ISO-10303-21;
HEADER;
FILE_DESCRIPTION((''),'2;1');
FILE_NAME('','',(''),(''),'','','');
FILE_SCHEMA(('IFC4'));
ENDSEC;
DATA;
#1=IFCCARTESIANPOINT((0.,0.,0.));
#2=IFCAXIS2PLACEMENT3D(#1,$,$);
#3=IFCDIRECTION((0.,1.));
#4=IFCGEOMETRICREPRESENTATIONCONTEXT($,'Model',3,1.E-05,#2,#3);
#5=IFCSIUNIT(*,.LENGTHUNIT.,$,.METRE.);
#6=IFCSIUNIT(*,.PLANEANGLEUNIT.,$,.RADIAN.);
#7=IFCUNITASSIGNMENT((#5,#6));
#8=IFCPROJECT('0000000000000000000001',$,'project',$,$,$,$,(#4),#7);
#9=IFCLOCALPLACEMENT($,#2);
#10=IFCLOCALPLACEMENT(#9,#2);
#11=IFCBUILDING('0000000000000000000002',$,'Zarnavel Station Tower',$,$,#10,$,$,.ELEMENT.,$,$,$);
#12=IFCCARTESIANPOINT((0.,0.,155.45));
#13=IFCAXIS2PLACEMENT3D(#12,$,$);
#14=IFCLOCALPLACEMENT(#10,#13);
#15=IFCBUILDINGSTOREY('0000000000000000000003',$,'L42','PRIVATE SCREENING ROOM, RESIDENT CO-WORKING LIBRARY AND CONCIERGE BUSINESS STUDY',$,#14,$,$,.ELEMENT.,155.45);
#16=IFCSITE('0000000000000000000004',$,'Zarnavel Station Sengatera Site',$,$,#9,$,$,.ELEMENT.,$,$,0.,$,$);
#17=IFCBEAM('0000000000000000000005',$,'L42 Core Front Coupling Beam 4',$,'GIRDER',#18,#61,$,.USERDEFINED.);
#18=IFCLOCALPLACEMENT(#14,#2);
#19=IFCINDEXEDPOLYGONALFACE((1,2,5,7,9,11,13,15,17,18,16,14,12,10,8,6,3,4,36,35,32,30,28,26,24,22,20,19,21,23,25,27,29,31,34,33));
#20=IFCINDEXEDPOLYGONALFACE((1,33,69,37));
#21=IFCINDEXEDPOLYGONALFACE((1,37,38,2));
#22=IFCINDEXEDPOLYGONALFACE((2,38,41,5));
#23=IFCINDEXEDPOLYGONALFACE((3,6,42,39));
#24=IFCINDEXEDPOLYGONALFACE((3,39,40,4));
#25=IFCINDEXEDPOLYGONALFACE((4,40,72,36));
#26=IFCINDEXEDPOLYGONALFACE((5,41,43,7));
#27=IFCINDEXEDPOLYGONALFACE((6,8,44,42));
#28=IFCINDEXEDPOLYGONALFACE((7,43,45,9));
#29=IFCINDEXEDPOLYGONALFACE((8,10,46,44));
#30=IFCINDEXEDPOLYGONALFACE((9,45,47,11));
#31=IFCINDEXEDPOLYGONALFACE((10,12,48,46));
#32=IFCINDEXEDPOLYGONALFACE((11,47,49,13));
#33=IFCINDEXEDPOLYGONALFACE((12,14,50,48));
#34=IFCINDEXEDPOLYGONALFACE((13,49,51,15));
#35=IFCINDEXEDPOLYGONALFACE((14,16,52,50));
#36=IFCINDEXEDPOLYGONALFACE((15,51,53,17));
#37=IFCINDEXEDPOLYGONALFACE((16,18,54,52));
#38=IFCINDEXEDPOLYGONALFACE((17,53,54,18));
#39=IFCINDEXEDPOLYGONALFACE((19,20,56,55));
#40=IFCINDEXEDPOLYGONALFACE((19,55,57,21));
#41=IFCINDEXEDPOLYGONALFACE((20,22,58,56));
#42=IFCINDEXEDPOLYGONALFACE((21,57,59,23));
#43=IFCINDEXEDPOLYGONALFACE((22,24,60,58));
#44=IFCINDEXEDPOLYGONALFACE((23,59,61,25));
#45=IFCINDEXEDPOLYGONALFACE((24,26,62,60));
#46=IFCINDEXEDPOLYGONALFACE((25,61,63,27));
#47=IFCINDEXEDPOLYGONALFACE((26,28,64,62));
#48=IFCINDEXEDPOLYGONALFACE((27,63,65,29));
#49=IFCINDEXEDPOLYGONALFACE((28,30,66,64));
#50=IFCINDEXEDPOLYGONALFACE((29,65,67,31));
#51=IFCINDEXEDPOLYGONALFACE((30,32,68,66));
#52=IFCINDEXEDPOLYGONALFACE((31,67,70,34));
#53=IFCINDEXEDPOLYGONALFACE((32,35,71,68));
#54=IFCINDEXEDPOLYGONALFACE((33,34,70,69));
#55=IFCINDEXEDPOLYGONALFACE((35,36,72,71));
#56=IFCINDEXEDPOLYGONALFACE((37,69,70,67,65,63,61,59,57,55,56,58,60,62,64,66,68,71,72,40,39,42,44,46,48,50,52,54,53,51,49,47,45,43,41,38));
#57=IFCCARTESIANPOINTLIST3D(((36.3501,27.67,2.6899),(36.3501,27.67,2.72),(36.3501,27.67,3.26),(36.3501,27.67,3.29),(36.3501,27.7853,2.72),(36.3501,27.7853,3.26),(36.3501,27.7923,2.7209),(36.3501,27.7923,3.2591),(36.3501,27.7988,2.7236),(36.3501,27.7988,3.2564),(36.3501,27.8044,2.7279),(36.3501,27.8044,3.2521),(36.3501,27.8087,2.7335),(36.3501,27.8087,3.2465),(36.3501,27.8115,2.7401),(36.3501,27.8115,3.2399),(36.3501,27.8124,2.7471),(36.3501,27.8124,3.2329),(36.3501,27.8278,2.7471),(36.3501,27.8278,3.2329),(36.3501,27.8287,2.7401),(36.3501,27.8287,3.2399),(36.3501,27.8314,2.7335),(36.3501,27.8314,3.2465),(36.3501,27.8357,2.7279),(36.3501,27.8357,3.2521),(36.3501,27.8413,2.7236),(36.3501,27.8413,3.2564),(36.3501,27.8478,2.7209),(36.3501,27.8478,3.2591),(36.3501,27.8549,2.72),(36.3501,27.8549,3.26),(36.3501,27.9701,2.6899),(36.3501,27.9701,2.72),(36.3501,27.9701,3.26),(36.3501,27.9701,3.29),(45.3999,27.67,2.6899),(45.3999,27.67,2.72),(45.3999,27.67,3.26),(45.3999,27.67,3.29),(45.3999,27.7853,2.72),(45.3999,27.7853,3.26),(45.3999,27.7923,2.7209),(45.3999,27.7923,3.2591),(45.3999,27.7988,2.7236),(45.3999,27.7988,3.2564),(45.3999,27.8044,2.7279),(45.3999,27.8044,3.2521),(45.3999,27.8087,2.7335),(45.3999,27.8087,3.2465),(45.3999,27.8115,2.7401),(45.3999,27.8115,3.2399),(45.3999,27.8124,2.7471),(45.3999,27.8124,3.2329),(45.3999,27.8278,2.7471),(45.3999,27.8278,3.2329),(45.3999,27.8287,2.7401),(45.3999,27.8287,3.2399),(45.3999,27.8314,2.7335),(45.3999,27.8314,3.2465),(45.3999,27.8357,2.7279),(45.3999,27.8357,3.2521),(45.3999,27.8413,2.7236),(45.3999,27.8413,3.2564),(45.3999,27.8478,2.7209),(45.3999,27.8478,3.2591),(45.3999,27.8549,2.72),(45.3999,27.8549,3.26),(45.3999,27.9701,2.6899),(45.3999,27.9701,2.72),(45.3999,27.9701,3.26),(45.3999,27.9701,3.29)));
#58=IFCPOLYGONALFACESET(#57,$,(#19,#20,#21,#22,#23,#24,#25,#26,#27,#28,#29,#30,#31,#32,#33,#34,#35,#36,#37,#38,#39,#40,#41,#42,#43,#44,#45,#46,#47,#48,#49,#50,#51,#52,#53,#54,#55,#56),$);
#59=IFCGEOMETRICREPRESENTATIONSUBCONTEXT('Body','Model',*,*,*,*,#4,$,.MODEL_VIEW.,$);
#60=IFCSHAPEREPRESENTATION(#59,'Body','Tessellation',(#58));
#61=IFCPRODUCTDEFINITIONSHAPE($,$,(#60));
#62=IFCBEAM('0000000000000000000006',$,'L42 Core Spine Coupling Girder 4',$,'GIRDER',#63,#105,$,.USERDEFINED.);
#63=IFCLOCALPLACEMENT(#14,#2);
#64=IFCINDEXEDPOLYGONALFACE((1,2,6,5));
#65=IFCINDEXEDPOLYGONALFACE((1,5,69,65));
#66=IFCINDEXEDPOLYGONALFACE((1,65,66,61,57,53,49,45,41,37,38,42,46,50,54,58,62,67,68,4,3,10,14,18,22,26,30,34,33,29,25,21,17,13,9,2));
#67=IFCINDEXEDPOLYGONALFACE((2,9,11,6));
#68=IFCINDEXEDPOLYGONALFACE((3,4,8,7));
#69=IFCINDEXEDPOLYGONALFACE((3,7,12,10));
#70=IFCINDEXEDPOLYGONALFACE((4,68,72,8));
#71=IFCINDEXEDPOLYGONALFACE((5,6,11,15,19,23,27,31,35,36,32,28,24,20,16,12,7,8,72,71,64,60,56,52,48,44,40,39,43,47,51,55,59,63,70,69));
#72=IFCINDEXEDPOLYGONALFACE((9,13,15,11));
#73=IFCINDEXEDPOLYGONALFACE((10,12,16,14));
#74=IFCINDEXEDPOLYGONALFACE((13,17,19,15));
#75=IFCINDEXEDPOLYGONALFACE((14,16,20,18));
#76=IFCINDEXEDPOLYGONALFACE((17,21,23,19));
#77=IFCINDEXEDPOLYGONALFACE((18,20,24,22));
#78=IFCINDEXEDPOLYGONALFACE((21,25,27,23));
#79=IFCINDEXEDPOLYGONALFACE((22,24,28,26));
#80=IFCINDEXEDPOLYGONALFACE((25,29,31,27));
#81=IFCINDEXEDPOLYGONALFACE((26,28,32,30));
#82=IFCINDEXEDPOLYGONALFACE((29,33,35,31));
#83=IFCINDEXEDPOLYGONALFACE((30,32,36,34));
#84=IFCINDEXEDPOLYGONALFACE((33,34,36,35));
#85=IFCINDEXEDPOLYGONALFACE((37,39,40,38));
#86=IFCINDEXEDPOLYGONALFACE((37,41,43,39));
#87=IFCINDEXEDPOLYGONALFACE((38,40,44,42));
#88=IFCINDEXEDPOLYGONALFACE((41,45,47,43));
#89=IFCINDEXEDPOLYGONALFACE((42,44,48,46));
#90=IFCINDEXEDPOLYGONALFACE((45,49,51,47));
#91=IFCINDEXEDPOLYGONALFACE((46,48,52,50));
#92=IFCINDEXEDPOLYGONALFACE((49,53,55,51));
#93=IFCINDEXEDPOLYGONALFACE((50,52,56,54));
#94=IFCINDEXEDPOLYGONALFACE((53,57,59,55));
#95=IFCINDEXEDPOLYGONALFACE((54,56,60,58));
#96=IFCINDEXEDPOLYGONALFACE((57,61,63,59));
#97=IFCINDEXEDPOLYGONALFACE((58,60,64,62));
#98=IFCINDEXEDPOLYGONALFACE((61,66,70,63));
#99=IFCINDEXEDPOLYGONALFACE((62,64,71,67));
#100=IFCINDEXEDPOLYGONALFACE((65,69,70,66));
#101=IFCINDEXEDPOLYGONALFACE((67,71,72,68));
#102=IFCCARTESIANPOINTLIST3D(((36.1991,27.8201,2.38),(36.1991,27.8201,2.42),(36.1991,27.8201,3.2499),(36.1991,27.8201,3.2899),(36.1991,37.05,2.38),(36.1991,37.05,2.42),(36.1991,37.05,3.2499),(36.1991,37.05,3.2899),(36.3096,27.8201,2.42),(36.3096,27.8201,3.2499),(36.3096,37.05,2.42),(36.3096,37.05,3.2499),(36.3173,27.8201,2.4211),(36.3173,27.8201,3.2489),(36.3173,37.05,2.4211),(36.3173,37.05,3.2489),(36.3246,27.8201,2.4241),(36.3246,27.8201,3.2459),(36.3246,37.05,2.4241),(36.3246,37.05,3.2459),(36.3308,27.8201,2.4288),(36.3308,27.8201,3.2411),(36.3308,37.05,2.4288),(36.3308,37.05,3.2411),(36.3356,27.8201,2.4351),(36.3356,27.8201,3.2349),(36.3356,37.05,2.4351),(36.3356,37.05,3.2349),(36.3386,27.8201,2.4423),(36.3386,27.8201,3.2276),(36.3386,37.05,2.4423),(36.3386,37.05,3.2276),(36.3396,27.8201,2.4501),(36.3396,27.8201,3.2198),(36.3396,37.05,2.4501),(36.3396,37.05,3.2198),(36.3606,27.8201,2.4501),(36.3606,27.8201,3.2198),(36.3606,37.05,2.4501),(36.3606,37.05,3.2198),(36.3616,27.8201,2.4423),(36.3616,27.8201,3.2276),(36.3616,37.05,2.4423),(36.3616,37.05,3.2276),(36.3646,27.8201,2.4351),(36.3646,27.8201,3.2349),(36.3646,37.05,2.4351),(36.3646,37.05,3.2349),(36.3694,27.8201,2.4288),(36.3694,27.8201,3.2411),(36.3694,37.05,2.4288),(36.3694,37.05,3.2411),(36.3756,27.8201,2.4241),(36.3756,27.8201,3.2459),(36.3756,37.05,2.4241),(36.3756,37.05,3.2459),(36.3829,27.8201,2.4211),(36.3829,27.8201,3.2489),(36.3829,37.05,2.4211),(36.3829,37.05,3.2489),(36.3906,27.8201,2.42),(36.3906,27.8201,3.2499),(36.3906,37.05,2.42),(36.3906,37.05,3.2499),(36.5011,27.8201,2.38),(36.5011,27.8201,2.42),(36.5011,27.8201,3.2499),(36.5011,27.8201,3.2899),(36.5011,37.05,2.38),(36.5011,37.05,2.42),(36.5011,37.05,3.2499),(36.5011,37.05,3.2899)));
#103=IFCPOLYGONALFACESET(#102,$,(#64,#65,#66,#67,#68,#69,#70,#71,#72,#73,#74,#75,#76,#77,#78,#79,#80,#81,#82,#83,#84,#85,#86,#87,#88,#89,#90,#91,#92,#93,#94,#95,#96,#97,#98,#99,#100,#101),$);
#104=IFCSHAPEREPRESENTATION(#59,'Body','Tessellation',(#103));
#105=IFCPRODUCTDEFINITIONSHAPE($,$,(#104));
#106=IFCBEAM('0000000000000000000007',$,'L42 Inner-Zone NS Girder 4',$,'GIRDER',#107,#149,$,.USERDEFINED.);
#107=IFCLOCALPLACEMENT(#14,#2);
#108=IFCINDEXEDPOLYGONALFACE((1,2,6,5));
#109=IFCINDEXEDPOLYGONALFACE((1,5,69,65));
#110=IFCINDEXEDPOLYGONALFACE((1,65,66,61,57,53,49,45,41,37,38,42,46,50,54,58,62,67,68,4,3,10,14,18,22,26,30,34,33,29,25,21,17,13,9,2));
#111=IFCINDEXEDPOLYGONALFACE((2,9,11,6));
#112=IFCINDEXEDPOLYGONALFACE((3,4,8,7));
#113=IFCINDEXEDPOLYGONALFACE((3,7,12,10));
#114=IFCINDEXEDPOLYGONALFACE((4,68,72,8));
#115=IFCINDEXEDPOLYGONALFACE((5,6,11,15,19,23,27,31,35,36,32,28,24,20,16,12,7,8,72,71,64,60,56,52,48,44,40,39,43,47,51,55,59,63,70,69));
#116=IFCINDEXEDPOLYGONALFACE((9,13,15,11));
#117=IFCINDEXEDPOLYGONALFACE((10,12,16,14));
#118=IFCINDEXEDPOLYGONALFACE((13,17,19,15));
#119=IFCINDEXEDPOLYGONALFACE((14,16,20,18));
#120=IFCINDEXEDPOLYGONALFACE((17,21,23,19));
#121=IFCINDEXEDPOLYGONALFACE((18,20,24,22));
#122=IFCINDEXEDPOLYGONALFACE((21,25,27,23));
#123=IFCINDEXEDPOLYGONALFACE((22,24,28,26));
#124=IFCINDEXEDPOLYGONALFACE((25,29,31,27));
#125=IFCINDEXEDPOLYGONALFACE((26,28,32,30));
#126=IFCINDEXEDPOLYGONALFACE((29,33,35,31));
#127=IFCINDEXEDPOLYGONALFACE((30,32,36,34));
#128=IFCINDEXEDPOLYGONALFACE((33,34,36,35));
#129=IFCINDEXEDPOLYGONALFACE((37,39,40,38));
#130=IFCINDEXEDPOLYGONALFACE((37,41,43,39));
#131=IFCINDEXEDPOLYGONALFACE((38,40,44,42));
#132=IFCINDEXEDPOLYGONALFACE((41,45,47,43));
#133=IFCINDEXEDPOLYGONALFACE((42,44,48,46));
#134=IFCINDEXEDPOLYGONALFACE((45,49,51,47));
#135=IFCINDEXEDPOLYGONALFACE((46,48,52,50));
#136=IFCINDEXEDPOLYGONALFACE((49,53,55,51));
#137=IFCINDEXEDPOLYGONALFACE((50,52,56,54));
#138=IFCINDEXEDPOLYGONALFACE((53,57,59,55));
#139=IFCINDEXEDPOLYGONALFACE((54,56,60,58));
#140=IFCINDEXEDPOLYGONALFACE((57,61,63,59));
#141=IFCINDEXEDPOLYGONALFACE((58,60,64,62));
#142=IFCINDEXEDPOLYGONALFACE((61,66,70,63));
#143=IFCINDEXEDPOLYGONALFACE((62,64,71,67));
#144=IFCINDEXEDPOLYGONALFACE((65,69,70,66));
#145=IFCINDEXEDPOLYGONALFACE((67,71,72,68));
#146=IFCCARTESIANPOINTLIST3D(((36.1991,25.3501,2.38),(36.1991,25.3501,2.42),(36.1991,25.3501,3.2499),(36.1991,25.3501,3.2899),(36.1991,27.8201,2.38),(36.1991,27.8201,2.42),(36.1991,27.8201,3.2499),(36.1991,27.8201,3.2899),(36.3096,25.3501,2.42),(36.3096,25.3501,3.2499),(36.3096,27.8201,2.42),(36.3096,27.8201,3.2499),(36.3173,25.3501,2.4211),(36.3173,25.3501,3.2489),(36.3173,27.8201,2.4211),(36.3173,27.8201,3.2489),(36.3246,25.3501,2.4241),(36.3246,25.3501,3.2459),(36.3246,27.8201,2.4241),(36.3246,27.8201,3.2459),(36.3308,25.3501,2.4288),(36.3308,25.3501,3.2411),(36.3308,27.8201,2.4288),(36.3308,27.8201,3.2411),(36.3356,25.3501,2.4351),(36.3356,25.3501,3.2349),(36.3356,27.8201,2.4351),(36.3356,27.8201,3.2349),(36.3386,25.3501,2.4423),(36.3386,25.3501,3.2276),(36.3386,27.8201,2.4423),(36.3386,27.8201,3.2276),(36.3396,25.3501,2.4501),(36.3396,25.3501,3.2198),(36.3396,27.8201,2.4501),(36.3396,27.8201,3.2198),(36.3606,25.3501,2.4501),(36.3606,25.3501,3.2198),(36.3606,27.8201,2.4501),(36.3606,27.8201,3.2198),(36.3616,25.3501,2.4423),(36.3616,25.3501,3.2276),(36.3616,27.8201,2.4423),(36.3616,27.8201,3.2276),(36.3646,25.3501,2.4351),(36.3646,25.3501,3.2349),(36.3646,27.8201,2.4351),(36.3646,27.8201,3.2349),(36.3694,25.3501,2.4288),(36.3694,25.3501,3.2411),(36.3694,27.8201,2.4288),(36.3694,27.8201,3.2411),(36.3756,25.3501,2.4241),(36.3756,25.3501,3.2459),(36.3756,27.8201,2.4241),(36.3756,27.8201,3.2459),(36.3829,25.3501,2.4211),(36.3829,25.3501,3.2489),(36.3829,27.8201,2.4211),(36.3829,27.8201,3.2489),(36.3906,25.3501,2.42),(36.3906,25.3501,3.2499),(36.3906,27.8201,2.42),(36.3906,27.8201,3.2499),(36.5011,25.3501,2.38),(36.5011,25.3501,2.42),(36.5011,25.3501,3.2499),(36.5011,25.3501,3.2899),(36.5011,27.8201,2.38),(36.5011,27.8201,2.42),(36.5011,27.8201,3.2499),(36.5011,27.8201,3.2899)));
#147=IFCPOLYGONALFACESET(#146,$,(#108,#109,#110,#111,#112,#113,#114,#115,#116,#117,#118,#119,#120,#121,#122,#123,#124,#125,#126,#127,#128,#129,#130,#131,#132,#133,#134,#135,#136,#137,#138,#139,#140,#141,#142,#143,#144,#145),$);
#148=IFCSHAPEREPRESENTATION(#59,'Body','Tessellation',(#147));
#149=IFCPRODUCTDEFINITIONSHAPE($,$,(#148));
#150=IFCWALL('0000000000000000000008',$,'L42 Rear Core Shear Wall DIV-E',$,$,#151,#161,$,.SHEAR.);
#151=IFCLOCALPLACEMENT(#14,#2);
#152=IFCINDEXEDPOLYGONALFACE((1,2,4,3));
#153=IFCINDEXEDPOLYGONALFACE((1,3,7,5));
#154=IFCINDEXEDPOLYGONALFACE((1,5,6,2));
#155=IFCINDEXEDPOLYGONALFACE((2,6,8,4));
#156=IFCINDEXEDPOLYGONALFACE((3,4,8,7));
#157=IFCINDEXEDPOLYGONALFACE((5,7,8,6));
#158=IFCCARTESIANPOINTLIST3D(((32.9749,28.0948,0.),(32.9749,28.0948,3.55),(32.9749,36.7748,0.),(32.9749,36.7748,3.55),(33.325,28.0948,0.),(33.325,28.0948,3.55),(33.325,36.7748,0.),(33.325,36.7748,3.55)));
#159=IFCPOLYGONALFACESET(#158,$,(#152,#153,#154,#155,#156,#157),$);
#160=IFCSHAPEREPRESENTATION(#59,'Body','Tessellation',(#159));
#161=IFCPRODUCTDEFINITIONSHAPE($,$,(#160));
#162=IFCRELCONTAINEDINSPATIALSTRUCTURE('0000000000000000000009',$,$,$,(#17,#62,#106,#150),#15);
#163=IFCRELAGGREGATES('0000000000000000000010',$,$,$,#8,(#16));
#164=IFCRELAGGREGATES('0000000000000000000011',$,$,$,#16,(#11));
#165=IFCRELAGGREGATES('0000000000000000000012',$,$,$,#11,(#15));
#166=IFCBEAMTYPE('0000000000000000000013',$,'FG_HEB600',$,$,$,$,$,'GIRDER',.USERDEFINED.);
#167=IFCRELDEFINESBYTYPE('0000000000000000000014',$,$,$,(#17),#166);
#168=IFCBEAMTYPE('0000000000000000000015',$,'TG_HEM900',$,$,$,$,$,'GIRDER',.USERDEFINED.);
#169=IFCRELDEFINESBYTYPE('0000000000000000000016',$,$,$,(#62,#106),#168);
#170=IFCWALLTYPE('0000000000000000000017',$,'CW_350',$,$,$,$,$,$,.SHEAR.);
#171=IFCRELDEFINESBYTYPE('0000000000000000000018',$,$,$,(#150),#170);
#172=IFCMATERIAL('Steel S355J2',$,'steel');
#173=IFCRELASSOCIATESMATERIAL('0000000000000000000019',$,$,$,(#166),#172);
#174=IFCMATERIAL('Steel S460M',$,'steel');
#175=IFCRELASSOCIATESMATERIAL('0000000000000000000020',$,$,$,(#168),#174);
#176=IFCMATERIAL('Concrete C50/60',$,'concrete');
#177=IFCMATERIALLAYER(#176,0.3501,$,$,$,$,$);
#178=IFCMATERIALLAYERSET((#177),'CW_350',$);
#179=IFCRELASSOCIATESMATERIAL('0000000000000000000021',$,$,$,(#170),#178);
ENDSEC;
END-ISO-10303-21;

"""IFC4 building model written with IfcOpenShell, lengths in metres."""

from ifc_helpers import new_model, si_unit, direction, frame, frame_2d, origin, origin_2d, place, context, subcontext, project, spatial, rectangle, i_section, extrude, material, layer, layer_set, material_profile, profile_set, type_object, element, save


model = new_model("IFC4")

# Units and contexts
model_context = context("Model", 3, precision=1e-05, world=origin(), true_north=direction((0.0, 1.0)))
body_context = subcontext(model_context, "Body", "Model", "MODEL_VIEW")
ifc_project = project(units=[si_unit("LENGTHUNIT", "METRE"), si_unit("PLANEANGLEUNIT", "RADIAN")], contexts=[model_context])

# Site, building, storey
site_placement = place(None, origin())
site = spatial("IfcSite", under=ifc_project, at=site_placement, Name="Zarnavel Station Sengatera Site", CompositionType="ELEMENT", RefElevation=0.0)
building_placement = place(site_placement, origin())
building = spatial("IfcBuilding", under=site, at=building_placement, Name="Zarnavel Station Tower", CompositionType="ELEMENT")
storey_placement = place(building_placement, frame((0.0, 0.0, 155.45)))
storey = spatial("IfcBuildingStorey", under=building, at=storey_placement, Name="L42", Description="PRIVATE SCREENING ROOM, RESIDENT CO-WORKING LIBRARY AND CONCIERGE BUSINESS STUDY", CompositionType="ELEMENT", Elevation=155.45)

# Beams
ifc_material_1 = material(Name="Steel S355J2", Category="steel")
ifc_material_profile_1 = material_profile(ifc_material_1, i_section(OverallWidth=0.3, OverallDepth=0.6001, WebThickness=0.0154, FlangeThickness=0.03, FilletRadius=0.0271, at=origin_2d()), Name="HEB600")
ifc_profile_set_1 = profile_set([ifc_material_profile_1], Name="Steel S355J2")
beam_type_1 = type_object("IfcBeamType", Name="FG_HEB600", ElementType="GIRDER", PredefinedType="USERDEFINED", material=ifc_profile_set_1)
beam_1_placement = place(storey_placement, frame((36.3501, 27.8201, 2.99), z_axis=(1.0, 0.0, 0.0), x_axis=(0.0, 1.0, 0.0)))
element("IfcBeam", 1, at=beam_1_placement, inside=storey, type_object=beam_type_1, Name="L42 Core Front Coupling Beam 4", ObjectType="GIRDER", PredefinedType="USERDEFINED", context=body_context, shape_type="SweptSolid", body=[
    extrude(i_section(OverallWidth=0.3, OverallDepth=0.6001, WebThickness=0.0154, FlangeThickness=0.03, FilletRadius=0.0271, at=origin_2d()), origin(), (0.0, 0.0, 1.0), 9.0498),
])
ifc_material_2 = material(Name="Steel S460M", Category="steel")
ifc_material_profile_2 = material_profile(ifc_material_2, i_section(OverallWidth=0.302, OverallDepth=0.9099, WebThickness=0.021, FlangeThickness=0.04, FilletRadius=0.03, at=origin_2d()), Name="HEM900")
ifc_profile_set_2 = profile_set([ifc_material_profile_2], Name="Steel S460M")
beam_type_2 = type_object("IfcBeamType", Name="TG_HEM900", ElementType="GIRDER", PredefinedType="USERDEFINED", material=ifc_profile_set_2)
beam_2_placement = place(storey_placement, frame((36.3501, 27.8201, 2.835), z_axis=(0.0, 1.0, 0.0), x_axis=(-1.0, 0.0, 0.0)))
element("IfcBeam", 2, at=beam_2_placement, inside=storey, type_object=beam_type_2, Name="L42 Core Spine Coupling Girder 4", ObjectType="GIRDER", PredefinedType="USERDEFINED", context=body_context, shape_type="SweptSolid", body=[
    extrude(i_section(OverallWidth=0.302, OverallDepth=0.9099, WebThickness=0.021, FlangeThickness=0.04, FilletRadius=0.03, at=origin_2d()), origin(), (0.0, 0.0, 1.0), 9.23),
])
beam_3_placement = place(storey_placement, frame((36.3501, 25.3501, 2.835), z_axis=(0.0, 1.0, 0.0), x_axis=(-1.0, 0.0, 0.0)))
element("IfcBeam", 3, at=beam_3_placement, inside=storey, type_object=beam_type_2, Name="L42 Inner-Zone NS Girder 4", ObjectType="GIRDER", PredefinedType="USERDEFINED", context=body_context, shape_type="SweptSolid", body=[
    extrude(i_section(OverallWidth=0.302, OverallDepth=0.9099, WebThickness=0.021, FlangeThickness=0.04, FilletRadius=0.03, at=origin_2d()), origin(), (0.0, 0.0, 1.0), 2.47),
])

# Wall
ifc_material_3 = material(Name="Concrete C50/60", Category="concrete")
ifc_layer_1 = layer(ifc_material_3, 0.3501)
ifc_layer_set_1 = layer_set([ifc_layer_1], Name="CW_350")
wall_type_1 = type_object("IfcWallType", Name="CW_350", PredefinedType="SHEAR", material=ifc_layer_set_1)
wall_1_placement = place(storey_placement, frame((33.1499, 28.095, 0.0), z_axis=(0.0, 0.0, 1.0), x_axis=(0.0, 1.0, 0.0)))
element("IfcWall", 4, at=wall_1_placement, inside=storey, type_object=wall_type_1, Name="L42 Rear Core Shear Wall DIV-E", PredefinedType="SHEAR", context=body_context, shape_type="SweptSolid", body=[
    extrude(rectangle(XDim=8.6799, YDim=0.3501, at=frame_2d((4.3398, 0.0))), origin(), (0.0, 0.0, 1.0), 3.55),
])

save(model, "model.ifc")
